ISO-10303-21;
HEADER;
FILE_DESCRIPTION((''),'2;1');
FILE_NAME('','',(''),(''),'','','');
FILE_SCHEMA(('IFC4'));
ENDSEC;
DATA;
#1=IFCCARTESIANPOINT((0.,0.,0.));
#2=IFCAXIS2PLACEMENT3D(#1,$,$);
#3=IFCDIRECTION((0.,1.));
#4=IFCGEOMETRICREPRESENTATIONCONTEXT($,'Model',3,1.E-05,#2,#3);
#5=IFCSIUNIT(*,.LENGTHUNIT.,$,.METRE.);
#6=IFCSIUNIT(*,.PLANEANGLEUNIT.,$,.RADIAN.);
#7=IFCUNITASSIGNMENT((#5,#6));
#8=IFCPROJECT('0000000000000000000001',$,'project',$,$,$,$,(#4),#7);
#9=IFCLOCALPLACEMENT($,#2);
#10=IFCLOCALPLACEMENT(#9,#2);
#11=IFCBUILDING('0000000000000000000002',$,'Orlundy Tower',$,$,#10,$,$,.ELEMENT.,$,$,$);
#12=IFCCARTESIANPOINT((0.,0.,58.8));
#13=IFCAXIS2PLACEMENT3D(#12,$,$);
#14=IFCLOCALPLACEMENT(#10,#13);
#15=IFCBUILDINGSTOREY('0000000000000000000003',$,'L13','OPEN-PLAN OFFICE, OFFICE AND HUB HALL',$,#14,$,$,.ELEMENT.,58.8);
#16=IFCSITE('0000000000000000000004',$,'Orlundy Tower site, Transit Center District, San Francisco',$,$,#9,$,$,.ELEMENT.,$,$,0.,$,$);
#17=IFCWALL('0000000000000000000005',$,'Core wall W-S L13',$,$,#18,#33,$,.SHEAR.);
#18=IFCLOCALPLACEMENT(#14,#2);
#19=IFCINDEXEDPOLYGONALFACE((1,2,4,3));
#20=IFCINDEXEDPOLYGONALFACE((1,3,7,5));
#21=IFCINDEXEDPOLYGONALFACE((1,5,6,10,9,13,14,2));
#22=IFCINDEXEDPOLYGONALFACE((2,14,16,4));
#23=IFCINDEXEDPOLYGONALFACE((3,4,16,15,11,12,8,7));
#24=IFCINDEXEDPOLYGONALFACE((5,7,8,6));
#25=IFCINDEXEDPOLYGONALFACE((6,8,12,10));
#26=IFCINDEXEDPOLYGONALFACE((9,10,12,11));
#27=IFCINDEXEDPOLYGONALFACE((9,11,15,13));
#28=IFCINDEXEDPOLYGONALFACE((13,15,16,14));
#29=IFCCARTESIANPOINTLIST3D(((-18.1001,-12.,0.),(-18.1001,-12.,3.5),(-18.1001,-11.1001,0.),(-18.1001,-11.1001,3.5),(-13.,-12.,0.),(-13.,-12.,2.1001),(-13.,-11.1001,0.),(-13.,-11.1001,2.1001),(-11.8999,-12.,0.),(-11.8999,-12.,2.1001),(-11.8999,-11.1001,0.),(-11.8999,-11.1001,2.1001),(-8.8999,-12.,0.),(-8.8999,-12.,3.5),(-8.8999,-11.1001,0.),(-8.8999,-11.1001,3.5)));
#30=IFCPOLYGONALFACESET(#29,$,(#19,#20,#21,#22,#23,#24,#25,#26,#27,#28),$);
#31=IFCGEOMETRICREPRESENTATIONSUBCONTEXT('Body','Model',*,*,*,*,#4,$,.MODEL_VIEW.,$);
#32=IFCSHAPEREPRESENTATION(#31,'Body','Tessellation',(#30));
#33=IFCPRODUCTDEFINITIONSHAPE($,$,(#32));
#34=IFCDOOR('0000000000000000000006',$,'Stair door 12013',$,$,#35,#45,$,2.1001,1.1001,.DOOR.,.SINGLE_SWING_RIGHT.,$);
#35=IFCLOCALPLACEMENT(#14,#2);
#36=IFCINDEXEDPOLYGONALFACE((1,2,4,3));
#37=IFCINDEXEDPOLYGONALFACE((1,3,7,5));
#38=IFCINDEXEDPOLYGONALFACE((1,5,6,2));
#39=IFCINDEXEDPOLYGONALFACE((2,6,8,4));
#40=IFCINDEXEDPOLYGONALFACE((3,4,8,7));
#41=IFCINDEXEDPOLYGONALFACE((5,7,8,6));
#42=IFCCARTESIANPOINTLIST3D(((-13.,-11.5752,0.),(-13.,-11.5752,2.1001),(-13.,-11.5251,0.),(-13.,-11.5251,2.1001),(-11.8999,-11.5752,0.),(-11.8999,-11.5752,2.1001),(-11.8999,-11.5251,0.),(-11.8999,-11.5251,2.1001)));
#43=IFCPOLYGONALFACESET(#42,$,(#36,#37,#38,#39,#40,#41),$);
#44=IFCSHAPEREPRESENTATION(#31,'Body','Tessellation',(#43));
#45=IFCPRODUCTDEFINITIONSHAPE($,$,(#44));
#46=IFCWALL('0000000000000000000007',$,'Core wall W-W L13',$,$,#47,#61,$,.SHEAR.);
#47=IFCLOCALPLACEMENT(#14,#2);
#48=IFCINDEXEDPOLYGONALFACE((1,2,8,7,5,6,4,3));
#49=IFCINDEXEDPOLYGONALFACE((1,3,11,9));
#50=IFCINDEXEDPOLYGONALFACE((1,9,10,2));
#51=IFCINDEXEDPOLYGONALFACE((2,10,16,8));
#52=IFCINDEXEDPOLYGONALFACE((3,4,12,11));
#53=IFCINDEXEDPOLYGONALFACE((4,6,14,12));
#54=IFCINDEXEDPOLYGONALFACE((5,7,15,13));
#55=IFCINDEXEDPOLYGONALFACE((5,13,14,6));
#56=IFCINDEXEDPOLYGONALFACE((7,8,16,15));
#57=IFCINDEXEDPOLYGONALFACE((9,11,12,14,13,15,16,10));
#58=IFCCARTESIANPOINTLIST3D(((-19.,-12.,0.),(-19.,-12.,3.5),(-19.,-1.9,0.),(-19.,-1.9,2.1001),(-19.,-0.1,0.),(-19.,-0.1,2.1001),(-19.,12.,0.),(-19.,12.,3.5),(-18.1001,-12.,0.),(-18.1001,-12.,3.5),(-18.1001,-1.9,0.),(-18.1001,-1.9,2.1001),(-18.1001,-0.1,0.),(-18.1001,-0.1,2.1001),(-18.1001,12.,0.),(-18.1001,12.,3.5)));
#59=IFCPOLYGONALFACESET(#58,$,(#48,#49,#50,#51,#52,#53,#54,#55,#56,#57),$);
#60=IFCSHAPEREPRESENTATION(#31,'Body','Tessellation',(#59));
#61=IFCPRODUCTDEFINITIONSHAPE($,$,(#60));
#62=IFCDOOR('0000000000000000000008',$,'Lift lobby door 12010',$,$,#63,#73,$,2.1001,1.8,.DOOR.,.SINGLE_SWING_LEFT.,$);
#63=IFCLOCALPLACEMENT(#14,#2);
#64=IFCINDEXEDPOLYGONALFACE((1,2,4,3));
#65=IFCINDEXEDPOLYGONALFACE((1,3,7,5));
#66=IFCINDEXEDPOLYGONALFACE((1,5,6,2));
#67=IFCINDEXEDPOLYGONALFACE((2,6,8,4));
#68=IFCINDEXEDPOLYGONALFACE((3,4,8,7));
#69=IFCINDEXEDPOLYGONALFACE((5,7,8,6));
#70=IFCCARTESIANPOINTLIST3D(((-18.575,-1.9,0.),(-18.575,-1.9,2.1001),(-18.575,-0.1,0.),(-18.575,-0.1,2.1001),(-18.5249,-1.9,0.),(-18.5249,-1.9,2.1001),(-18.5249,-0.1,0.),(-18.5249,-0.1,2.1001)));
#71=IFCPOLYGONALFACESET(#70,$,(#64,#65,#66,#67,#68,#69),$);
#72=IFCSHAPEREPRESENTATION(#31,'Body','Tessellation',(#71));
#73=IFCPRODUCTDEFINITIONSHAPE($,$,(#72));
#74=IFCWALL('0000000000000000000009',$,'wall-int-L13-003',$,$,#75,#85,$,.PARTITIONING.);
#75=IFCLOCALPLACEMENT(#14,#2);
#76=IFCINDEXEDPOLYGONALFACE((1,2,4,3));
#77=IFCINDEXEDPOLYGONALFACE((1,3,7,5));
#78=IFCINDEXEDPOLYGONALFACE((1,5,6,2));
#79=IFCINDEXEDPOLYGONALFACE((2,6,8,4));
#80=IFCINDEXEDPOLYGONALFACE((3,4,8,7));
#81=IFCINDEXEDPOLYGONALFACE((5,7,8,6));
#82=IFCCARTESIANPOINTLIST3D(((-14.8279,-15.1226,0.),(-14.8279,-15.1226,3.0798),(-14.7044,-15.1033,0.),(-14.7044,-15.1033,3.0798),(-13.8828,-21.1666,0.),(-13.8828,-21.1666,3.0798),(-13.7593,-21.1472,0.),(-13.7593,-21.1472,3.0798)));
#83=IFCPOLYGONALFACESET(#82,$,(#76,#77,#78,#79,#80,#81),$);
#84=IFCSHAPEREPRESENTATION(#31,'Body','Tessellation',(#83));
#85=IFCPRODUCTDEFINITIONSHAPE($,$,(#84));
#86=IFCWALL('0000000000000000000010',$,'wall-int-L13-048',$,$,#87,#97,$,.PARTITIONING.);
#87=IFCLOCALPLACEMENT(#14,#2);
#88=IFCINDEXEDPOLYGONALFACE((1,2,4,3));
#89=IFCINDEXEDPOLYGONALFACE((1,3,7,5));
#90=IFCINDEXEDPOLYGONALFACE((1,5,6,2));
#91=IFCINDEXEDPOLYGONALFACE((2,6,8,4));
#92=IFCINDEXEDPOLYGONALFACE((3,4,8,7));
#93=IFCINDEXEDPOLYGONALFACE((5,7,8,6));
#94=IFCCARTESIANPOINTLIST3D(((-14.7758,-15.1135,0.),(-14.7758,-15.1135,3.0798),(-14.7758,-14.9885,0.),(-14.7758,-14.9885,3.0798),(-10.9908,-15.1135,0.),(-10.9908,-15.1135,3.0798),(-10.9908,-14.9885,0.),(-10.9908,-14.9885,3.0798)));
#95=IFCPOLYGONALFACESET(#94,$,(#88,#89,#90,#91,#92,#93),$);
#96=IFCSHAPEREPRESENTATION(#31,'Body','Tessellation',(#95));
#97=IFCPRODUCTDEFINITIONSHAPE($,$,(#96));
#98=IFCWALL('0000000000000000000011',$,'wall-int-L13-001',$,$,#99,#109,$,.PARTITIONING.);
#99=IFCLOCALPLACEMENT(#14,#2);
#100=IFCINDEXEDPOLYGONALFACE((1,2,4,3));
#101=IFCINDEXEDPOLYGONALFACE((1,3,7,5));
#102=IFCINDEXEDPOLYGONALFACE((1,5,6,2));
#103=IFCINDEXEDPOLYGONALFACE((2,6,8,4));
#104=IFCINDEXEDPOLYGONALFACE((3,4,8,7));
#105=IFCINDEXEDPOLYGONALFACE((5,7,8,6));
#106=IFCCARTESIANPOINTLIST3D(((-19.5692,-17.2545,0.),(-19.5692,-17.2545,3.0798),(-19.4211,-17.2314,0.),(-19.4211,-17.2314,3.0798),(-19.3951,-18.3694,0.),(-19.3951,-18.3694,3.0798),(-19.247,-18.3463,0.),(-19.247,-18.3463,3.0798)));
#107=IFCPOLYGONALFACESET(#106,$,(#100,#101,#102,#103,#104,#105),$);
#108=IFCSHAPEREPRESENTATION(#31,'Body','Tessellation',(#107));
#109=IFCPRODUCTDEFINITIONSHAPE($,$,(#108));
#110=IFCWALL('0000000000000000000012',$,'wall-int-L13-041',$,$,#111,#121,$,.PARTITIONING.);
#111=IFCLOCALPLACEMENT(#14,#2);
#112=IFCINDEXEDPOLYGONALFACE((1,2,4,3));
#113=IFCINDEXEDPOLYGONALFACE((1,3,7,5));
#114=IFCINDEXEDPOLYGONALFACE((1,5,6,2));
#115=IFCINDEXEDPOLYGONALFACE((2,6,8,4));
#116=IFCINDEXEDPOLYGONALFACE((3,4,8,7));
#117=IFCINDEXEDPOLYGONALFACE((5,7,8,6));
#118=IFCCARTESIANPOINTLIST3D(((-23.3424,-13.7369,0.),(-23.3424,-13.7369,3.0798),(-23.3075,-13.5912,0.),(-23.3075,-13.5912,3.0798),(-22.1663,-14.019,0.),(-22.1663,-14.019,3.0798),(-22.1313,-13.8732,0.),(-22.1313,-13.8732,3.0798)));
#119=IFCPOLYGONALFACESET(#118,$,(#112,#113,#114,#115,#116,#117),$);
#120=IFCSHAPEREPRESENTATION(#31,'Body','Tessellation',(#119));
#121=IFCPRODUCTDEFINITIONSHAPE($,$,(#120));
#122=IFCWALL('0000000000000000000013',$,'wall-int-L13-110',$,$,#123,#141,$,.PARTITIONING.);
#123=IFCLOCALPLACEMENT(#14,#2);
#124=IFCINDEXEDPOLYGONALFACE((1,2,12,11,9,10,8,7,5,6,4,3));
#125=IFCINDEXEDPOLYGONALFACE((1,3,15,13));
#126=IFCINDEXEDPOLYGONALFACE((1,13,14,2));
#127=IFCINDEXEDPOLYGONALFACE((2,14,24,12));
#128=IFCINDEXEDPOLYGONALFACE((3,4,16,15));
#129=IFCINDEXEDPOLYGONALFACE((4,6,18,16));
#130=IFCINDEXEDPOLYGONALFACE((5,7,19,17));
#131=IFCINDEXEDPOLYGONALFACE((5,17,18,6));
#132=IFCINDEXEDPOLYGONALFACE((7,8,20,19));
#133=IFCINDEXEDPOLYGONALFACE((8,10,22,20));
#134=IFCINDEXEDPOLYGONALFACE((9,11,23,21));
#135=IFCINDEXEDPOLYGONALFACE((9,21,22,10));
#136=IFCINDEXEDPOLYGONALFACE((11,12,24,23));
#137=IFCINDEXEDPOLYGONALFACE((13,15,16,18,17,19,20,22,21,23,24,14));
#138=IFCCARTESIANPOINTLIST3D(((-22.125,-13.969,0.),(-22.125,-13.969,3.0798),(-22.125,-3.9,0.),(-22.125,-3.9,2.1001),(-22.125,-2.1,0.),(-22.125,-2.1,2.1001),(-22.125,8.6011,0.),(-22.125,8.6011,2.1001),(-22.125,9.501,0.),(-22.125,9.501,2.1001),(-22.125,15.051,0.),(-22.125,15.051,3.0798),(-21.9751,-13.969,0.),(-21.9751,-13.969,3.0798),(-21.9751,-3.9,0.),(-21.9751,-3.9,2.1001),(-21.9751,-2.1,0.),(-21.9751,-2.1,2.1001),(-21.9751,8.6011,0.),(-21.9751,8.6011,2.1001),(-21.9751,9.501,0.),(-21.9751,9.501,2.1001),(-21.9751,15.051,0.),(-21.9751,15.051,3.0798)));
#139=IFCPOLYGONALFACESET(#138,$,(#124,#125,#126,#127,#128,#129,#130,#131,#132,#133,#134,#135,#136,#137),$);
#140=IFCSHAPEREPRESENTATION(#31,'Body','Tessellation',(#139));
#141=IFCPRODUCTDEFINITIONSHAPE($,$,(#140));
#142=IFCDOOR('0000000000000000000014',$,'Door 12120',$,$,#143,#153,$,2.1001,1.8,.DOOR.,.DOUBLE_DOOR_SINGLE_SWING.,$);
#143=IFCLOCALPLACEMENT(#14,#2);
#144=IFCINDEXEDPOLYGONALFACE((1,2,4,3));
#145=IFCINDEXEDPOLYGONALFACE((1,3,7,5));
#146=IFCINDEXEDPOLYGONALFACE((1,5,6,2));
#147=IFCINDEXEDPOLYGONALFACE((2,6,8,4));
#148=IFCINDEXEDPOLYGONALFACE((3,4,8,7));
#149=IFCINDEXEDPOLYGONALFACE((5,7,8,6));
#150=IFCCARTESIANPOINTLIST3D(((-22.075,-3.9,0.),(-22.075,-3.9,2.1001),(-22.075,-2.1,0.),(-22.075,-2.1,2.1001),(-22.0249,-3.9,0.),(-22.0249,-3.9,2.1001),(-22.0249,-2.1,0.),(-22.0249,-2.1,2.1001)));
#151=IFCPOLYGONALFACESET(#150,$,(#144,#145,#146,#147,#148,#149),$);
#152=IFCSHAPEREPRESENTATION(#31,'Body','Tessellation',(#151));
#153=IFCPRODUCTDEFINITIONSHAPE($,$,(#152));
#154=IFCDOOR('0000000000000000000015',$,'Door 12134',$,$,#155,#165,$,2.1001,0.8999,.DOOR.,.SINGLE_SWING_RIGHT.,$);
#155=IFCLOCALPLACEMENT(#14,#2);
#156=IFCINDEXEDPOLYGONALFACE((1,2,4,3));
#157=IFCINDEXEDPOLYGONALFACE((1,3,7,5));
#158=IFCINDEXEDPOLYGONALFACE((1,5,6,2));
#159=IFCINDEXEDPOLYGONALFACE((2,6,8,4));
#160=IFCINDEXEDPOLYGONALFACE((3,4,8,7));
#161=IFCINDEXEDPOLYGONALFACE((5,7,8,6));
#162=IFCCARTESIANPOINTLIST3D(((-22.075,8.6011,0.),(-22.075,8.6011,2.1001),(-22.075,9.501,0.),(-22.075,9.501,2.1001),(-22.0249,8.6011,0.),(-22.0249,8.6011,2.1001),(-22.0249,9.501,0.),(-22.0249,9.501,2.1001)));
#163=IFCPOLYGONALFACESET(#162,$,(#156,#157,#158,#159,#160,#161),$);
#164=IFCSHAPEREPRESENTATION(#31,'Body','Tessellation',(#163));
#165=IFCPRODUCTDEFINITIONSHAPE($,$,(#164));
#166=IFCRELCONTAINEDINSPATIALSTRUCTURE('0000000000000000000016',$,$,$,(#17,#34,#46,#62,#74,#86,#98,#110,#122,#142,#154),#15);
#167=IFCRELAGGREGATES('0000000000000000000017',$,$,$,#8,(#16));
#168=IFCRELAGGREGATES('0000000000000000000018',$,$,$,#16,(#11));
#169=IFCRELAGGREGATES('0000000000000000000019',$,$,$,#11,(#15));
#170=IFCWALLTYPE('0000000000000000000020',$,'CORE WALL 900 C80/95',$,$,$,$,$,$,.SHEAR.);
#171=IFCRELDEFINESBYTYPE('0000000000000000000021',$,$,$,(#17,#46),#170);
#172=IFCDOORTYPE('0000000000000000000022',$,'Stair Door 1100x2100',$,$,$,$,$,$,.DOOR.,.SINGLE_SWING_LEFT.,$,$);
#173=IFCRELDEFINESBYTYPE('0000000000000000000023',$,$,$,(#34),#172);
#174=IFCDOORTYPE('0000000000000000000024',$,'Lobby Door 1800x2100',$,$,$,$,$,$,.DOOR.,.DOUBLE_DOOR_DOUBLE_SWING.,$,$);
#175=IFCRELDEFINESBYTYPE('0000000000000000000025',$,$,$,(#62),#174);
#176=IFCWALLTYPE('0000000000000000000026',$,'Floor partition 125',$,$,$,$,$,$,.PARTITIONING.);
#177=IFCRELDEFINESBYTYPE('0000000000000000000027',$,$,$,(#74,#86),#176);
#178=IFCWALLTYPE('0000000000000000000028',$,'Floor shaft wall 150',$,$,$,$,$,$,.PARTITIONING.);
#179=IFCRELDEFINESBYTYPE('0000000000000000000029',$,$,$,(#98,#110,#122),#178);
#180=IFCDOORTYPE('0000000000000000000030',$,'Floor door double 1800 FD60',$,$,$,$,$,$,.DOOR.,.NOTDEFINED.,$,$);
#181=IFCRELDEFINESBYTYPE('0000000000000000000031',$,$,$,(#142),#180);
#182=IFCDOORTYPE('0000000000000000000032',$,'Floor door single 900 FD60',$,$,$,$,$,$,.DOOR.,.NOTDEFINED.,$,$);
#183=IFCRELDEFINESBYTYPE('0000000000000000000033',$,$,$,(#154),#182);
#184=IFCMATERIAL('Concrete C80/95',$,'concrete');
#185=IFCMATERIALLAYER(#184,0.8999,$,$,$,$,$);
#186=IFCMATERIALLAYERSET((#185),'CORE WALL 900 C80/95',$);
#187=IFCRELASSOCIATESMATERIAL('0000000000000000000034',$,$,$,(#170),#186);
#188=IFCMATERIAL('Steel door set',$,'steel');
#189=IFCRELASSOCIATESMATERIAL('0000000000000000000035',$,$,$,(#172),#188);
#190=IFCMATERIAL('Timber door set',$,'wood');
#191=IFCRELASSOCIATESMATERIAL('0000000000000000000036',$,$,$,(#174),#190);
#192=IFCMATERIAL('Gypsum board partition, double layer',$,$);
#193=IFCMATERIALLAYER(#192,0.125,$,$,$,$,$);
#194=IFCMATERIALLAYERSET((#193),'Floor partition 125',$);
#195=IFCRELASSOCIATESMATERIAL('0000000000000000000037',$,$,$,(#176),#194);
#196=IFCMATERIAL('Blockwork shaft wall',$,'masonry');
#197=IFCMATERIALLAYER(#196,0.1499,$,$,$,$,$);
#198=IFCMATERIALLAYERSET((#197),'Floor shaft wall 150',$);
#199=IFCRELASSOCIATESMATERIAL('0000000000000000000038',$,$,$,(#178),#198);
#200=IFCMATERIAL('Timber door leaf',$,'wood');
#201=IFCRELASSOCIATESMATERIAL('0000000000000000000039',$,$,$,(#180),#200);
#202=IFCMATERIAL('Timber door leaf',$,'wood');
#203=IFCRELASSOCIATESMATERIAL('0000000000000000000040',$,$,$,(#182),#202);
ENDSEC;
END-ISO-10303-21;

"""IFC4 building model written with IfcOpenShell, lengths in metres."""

from ifc_helpers import new_model, si_unit, direction, frame, frame_2d, origin, place, context, subcontext, project, spatial, rectangle, extrude, material, layer, layer_set, type_object, element, fill, save


model = new_model("IFC4")

# Units and contexts
model_context = context("Model", 3, precision=1e-05, world=origin(), true_north=direction((0.0, 1.0)))
body_context = subcontext(model_context, "Body", "Model", "MODEL_VIEW")
ifc_project = project(units=[si_unit("LENGTHUNIT", "METRE"), si_unit("PLANEANGLEUNIT", "RADIAN")], contexts=[model_context])

# Site, building, storey
site_placement = place(None, origin())
site = spatial("IfcSite", under=ifc_project, at=site_placement, Name="Orlundy Tower site, Transit Center District, San Francisco", CompositionType="ELEMENT", RefElevation=0.0)
building_placement = place(site_placement, origin())
building = spatial("IfcBuilding", under=site, at=building_placement, Name="Orlundy Tower", CompositionType="ELEMENT")
storey_placement = place(building_placement, frame((0.0, 0.0, 58.8)))
storey = spatial("IfcBuildingStorey", under=building, at=storey_placement, Name="L13", Description="OPEN-PLAN OFFICE, OFFICE AND HUB HALL", CompositionType="ELEMENT", Elevation=58.8)

# Walls, openings, doors
ifc_material_1 = material(Name="Concrete C80/95", Category="concrete")
ifc_layer_1 = layer(ifc_material_1, 0.8999)
ifc_layer_set_1 = layer_set([ifc_layer_1], Name="CORE WALL 900 C80/95")
wall_type_1 = type_object("IfcWallType", Name="CORE WALL 900 C80/95", PredefinedType="SHEAR", material=ifc_layer_set_1)
wall_1_placement = place(storey_placement, frame((-18.1001, -11.55, 0.0), z_axis=(0.0, 0.0, 1.0), x_axis=(1.0, 0.0, 0.0)))
wall_1 = element("IfcWall", 1, at=wall_1_placement, inside=storey, type_object=wall_type_1, Name="Core wall W-S L13", PredefinedType="SHEAR", context=body_context, shape_type="SweptSolid", body=[
    extrude(rectangle(XDim=9.2002, YDim=0.8999, at=frame_2d((4.6001, 0.0))), origin(), (0.0, 0.0, 1.0), 3.5),
])
opening_1_placement = place(wall_1_placement, frame((5.1001, 0.0, 0.0)))
opening_1 = element("IfcOpeningElement", 2, at=opening_1_placement, cuts=wall_1, PredefinedType="OPENING", context=body_context, shape_type="SweptSolid", body=[
    extrude(rectangle(XDim=1.1001, YDim=2.1001, at=frame_2d((0.55, 1.05))), frame((0.0, 0.46, 0.0), z_axis=(0.0, -1.0, 0.0), x_axis=(1.0, 0.0, 0.0)), (0.0, 0.0, 1.0), 0.9199),
])
ifc_material_2 = material(Name="Steel door set", Category="steel")
door_type_1 = type_object("IfcDoorType", Name="Stair Door 1100x2100", OperationType="SINGLE_SWING_LEFT", PredefinedType="DOOR", material=ifc_material_2)
door_1_placement = place(opening_1_placement, origin())
door_1 = element("IfcDoor", 3, at=door_1_placement, inside=storey, type_object=door_type_1, Name="Stair door 12013", OperationType="SINGLE_SWING_RIGHT", OverallHeight=2.1001, OverallWidth=1.1001, PredefinedType="DOOR", context=body_context, shape_type="SweptSolid", body=[
    extrude(rectangle(XDim=1.1001, YDim=2.1001, at=frame_2d((0.55, 1.05))), frame((0.0, 0.0249, 0.0), z_axis=(0.0, -1.0, 0.0), x_axis=(1.0, 0.0, 0.0)), (0.0, 0.0, 1.0), 0.05),
])
fill(opening_1, door_1)
wall_2_placement = place(storey_placement, frame((-18.55, -12.0, 0.0), z_axis=(0.0, 0.0, 1.0), x_axis=(0.0, 1.0, 0.0)))
wall_2 = element("IfcWall", 4, at=wall_2_placement, inside=storey, type_object=wall_type_1, Name="Core wall W-W L13", PredefinedType="SHEAR", context=body_context, shape_type="SweptSolid", body=[
    extrude(rectangle(XDim=24.0, YDim=0.8999, at=frame_2d((12.0, 0.0))), origin(), (0.0, 0.0, 1.0), 3.5),
])
opening_2_placement = place(wall_2_placement, frame((10.1001, 0.0, 0.0)))
opening_2 = element("IfcOpeningElement", 5, at=opening_2_placement, cuts=wall_2, PredefinedType="OPENING", context=body_context, shape_type="SweptSolid", body=[
    extrude(rectangle(XDim=1.8, YDim=2.1001, at=frame_2d((0.8999, 1.05))), frame((0.0, 0.46, 0.0), z_axis=(0.0, -1.0, 0.0), x_axis=(1.0, 0.0, 0.0)), (0.0, 0.0, 1.0), 0.9199),
])
ifc_material_3 = material(Name="Timber door set", Category="wood")
door_type_2 = type_object("IfcDoorType", Name="Lobby Door 1800x2100", OperationType="DOUBLE_DOOR_DOUBLE_SWING", PredefinedType="DOOR", material=ifc_material_3)
door_2_placement = place(opening_2_placement, origin())
door_2 = element("IfcDoor", 6, at=door_2_placement, inside=storey, type_object=door_type_2, Name="Lift lobby door 12010", OperationType="SINGLE_SWING_LEFT", OverallHeight=2.1001, OverallWidth=1.8, PredefinedType="DOOR", context=body_context, shape_type="SweptSolid", body=[
    extrude(rectangle(XDim=1.8, YDim=2.1001, at=frame_2d((0.8999, 1.05))), frame((0.0, 0.0249, 0.0), z_axis=(0.0, -1.0, 0.0), x_axis=(1.0, 0.0, 0.0)), (0.0, 0.0, 1.0), 0.05),
])
fill(opening_2, door_2)

# Walls
ifc_material_4 = material(Name="Gypsum board partition, double layer")
ifc_layer_2 = layer(ifc_material_4, 0.125)
ifc_layer_set_2 = layer_set([ifc_layer_2], Name="Floor partition 125")
wall_type_2 = type_object("IfcWallType", Name="Floor partition 125", PredefinedType="PARTITIONING", material=ifc_layer_set_2)
wall_3_placement = place(storey_placement, frame((-14.7661, -15.113, 0.0), z_axis=(0.0, 0.0, 1.0), x_axis=(0.154489, -0.987995, 0.0)))
element("IfcWall", 7, at=wall_3_placement, inside=storey, type_object=wall_type_2, Name="wall-int-L13-003", PredefinedType="PARTITIONING", context=body_context, shape_type="SweptSolid", body=[
    extrude(rectangle(XDim=6.1174, YDim=0.125, at=frame_2d((3.0586, 0.0))), origin(), (0.0, 0.0, 1.0), 3.0798),
])
wall_4_placement = place(storey_placement, frame((-14.7759, -15.051, 0.0), z_axis=(0.0, 0.0, 1.0), x_axis=(1.0, 0.0, 0.0)))
element("IfcWall", 8, at=wall_4_placement, inside=storey, type_object=wall_type_2, Name="wall-int-L13-048", PredefinedType="PARTITIONING", context=body_context, shape_type="SweptSolid", body=[
    extrude(rectangle(XDim=3.7849, YDim=0.125, at=frame_2d((1.8926, 0.0))), origin(), (0.0, 0.0, 1.0), 3.0798),
])
ifc_material_5 = material(Name="Blockwork shaft wall", Category="masonry")
ifc_layer_3 = layer(ifc_material_5, 0.1499)
ifc_layer_set_3 = layer_set([ifc_layer_3], Name="Floor shaft wall 150")
wall_type_3 = type_object("IfcWallType", Name="Floor shaft wall 150", PredefinedType="PARTITIONING", material=ifc_layer_set_3)
wall_5_placement = place(storey_placement, frame((-19.4951, -17.2429, 0.0), z_axis=(0.0, 0.0, 1.0), x_axis=(0.154251, -0.988032, 0.0)))
element("IfcWall", 9, at=wall_5_placement, inside=storey, type_object=wall_type_3, Name="wall-int-L13-001", PredefinedType="PARTITIONING", context=body_context, shape_type="SweptSolid", body=[
    extrude(rectangle(XDim=1.1284, YDim=0.1499, at=frame_2d((0.5642, 0.0))), origin(), (0.0, 0.0, 1.0), 3.0798),
])
wall_6_placement = place(storey_placement, frame((-23.325, -13.6641, 0.0), z_axis=(0.0, 0.0, 1.0), x_axis=(0.972437, -0.233167, 0.0)))
element("IfcWall", 10, at=wall_6_placement, inside=storey, type_object=wall_type_3, Name="wall-int-L13-041", PredefinedType="PARTITIONING", context=body_context, shape_type="SweptSolid", body=[
    extrude(rectangle(XDim=1.2095, YDim=0.1499, at=frame_2d((0.6047, 0.0))), origin(), (0.0, 0.0, 1.0), 3.0798),
])

# Wall, openings, doors
wall_7_placement = place(storey_placement, frame((-22.05, -13.969, 0.0), z_axis=(0.0, 0.0, 1.0), x_axis=(0.0, 1.0, 0.0)))
wall_7 = element("IfcWall", 11, at=wall_7_placement, inside=storey, type_object=wall_type_3, Name="wall-int-L13-110", PredefinedType="PARTITIONING", context=body_context, shape_type="SweptSolid", body=[
    extrude(rectangle(XDim=29.02, YDim=0.1499, at=frame_2d((14.51, 0.0))), origin(), (0.0, 0.0, 1.0), 3.0798),
])
opening_3_placement = place(wall_7_placement, frame((10.0691, 0.0, 0.0)))
opening_3 = element("IfcOpeningElement", 12, at=opening_3_placement, cuts=wall_7, PredefinedType="OPENING", context=body_context, shape_type="SweptSolid", body=[
    extrude(rectangle(XDim=1.8, YDim=2.1001, at=frame_2d((0.8999, 1.05))), frame((0.0, 0.085, 0.0), z_axis=(0.0, -1.0, 0.0), x_axis=(1.0, 0.0, 0.0)), (0.0, 0.0, 1.0), 0.1699),
])
opening_4_placement = place(wall_7_placement, frame((22.5701, 0.0, 0.0)))
opening_4 = element("IfcOpeningElement", 13, at=opening_4_placement, cuts=wall_7, PredefinedType="OPENING", context=body_context, shape_type="SweptSolid", body=[
    extrude(rectangle(XDim=0.8999, YDim=2.1001, at=frame_2d((0.45, 1.05))), frame((0.0, 0.085, 0.0), z_axis=(0.0, -1.0, 0.0), x_axis=(1.0, 0.0, 0.0)), (0.0, 0.0, 1.0), 0.1699),
])
ifc_material_6 = material(Name="Timber door leaf", Category="wood")
door_type_3 = type_object("IfcDoorType", Name="Floor door double 1800 FD60", OperationType="NOTDEFINED", PredefinedType="DOOR", material=ifc_material_6)
door_3_placement = place(opening_3_placement, origin())
door_3 = element("IfcDoor", 14, at=door_3_placement, inside=storey, type_object=door_type_3, Name="Door 12120", OperationType="DOUBLE_DOOR_SINGLE_SWING", OverallHeight=2.1001, OverallWidth=1.8, PredefinedType="DOOR", context=body_context, shape_type="SweptSolid", body=[
    extrude(rectangle(XDim=1.8, YDim=2.1001, at=frame_2d((0.8999, 1.05))), frame((0.0, 0.0249, 0.0), z_axis=(0.0, -1.0, 0.0), x_axis=(1.0, 0.0, 0.0)), (0.0, 0.0, 1.0), 0.05),
])
fill(opening_3, door_3)
ifc_material_7 = material(Name="Timber door leaf", Category="wood")
door_type_4 = type_object("IfcDoorType", Name="Floor door single 900 FD60", OperationType="NOTDEFINED", PredefinedType="DOOR", material=ifc_material_7)
door_4_placement = place(opening_4_placement, origin())
door_4 = element("IfcDoor", 15, at=door_4_placement, inside=storey, type_object=door_type_4, Name="Door 12134", OperationType="SINGLE_SWING_RIGHT", OverallHeight=2.1001, OverallWidth=0.8999, PredefinedType="DOOR", context=body_context, shape_type="SweptSolid", body=[
    extrude(rectangle(XDim=0.8999, YDim=2.1001, at=frame_2d((0.45, 1.05))), frame((0.0, 0.0249, 0.0), z_axis=(0.0, -1.0, 0.0), x_axis=(1.0, 0.0, 0.0)), (0.0, 0.0, 1.0), 0.05),
])
fill(opening_4, door_4)

save(model, "model.ifc")
